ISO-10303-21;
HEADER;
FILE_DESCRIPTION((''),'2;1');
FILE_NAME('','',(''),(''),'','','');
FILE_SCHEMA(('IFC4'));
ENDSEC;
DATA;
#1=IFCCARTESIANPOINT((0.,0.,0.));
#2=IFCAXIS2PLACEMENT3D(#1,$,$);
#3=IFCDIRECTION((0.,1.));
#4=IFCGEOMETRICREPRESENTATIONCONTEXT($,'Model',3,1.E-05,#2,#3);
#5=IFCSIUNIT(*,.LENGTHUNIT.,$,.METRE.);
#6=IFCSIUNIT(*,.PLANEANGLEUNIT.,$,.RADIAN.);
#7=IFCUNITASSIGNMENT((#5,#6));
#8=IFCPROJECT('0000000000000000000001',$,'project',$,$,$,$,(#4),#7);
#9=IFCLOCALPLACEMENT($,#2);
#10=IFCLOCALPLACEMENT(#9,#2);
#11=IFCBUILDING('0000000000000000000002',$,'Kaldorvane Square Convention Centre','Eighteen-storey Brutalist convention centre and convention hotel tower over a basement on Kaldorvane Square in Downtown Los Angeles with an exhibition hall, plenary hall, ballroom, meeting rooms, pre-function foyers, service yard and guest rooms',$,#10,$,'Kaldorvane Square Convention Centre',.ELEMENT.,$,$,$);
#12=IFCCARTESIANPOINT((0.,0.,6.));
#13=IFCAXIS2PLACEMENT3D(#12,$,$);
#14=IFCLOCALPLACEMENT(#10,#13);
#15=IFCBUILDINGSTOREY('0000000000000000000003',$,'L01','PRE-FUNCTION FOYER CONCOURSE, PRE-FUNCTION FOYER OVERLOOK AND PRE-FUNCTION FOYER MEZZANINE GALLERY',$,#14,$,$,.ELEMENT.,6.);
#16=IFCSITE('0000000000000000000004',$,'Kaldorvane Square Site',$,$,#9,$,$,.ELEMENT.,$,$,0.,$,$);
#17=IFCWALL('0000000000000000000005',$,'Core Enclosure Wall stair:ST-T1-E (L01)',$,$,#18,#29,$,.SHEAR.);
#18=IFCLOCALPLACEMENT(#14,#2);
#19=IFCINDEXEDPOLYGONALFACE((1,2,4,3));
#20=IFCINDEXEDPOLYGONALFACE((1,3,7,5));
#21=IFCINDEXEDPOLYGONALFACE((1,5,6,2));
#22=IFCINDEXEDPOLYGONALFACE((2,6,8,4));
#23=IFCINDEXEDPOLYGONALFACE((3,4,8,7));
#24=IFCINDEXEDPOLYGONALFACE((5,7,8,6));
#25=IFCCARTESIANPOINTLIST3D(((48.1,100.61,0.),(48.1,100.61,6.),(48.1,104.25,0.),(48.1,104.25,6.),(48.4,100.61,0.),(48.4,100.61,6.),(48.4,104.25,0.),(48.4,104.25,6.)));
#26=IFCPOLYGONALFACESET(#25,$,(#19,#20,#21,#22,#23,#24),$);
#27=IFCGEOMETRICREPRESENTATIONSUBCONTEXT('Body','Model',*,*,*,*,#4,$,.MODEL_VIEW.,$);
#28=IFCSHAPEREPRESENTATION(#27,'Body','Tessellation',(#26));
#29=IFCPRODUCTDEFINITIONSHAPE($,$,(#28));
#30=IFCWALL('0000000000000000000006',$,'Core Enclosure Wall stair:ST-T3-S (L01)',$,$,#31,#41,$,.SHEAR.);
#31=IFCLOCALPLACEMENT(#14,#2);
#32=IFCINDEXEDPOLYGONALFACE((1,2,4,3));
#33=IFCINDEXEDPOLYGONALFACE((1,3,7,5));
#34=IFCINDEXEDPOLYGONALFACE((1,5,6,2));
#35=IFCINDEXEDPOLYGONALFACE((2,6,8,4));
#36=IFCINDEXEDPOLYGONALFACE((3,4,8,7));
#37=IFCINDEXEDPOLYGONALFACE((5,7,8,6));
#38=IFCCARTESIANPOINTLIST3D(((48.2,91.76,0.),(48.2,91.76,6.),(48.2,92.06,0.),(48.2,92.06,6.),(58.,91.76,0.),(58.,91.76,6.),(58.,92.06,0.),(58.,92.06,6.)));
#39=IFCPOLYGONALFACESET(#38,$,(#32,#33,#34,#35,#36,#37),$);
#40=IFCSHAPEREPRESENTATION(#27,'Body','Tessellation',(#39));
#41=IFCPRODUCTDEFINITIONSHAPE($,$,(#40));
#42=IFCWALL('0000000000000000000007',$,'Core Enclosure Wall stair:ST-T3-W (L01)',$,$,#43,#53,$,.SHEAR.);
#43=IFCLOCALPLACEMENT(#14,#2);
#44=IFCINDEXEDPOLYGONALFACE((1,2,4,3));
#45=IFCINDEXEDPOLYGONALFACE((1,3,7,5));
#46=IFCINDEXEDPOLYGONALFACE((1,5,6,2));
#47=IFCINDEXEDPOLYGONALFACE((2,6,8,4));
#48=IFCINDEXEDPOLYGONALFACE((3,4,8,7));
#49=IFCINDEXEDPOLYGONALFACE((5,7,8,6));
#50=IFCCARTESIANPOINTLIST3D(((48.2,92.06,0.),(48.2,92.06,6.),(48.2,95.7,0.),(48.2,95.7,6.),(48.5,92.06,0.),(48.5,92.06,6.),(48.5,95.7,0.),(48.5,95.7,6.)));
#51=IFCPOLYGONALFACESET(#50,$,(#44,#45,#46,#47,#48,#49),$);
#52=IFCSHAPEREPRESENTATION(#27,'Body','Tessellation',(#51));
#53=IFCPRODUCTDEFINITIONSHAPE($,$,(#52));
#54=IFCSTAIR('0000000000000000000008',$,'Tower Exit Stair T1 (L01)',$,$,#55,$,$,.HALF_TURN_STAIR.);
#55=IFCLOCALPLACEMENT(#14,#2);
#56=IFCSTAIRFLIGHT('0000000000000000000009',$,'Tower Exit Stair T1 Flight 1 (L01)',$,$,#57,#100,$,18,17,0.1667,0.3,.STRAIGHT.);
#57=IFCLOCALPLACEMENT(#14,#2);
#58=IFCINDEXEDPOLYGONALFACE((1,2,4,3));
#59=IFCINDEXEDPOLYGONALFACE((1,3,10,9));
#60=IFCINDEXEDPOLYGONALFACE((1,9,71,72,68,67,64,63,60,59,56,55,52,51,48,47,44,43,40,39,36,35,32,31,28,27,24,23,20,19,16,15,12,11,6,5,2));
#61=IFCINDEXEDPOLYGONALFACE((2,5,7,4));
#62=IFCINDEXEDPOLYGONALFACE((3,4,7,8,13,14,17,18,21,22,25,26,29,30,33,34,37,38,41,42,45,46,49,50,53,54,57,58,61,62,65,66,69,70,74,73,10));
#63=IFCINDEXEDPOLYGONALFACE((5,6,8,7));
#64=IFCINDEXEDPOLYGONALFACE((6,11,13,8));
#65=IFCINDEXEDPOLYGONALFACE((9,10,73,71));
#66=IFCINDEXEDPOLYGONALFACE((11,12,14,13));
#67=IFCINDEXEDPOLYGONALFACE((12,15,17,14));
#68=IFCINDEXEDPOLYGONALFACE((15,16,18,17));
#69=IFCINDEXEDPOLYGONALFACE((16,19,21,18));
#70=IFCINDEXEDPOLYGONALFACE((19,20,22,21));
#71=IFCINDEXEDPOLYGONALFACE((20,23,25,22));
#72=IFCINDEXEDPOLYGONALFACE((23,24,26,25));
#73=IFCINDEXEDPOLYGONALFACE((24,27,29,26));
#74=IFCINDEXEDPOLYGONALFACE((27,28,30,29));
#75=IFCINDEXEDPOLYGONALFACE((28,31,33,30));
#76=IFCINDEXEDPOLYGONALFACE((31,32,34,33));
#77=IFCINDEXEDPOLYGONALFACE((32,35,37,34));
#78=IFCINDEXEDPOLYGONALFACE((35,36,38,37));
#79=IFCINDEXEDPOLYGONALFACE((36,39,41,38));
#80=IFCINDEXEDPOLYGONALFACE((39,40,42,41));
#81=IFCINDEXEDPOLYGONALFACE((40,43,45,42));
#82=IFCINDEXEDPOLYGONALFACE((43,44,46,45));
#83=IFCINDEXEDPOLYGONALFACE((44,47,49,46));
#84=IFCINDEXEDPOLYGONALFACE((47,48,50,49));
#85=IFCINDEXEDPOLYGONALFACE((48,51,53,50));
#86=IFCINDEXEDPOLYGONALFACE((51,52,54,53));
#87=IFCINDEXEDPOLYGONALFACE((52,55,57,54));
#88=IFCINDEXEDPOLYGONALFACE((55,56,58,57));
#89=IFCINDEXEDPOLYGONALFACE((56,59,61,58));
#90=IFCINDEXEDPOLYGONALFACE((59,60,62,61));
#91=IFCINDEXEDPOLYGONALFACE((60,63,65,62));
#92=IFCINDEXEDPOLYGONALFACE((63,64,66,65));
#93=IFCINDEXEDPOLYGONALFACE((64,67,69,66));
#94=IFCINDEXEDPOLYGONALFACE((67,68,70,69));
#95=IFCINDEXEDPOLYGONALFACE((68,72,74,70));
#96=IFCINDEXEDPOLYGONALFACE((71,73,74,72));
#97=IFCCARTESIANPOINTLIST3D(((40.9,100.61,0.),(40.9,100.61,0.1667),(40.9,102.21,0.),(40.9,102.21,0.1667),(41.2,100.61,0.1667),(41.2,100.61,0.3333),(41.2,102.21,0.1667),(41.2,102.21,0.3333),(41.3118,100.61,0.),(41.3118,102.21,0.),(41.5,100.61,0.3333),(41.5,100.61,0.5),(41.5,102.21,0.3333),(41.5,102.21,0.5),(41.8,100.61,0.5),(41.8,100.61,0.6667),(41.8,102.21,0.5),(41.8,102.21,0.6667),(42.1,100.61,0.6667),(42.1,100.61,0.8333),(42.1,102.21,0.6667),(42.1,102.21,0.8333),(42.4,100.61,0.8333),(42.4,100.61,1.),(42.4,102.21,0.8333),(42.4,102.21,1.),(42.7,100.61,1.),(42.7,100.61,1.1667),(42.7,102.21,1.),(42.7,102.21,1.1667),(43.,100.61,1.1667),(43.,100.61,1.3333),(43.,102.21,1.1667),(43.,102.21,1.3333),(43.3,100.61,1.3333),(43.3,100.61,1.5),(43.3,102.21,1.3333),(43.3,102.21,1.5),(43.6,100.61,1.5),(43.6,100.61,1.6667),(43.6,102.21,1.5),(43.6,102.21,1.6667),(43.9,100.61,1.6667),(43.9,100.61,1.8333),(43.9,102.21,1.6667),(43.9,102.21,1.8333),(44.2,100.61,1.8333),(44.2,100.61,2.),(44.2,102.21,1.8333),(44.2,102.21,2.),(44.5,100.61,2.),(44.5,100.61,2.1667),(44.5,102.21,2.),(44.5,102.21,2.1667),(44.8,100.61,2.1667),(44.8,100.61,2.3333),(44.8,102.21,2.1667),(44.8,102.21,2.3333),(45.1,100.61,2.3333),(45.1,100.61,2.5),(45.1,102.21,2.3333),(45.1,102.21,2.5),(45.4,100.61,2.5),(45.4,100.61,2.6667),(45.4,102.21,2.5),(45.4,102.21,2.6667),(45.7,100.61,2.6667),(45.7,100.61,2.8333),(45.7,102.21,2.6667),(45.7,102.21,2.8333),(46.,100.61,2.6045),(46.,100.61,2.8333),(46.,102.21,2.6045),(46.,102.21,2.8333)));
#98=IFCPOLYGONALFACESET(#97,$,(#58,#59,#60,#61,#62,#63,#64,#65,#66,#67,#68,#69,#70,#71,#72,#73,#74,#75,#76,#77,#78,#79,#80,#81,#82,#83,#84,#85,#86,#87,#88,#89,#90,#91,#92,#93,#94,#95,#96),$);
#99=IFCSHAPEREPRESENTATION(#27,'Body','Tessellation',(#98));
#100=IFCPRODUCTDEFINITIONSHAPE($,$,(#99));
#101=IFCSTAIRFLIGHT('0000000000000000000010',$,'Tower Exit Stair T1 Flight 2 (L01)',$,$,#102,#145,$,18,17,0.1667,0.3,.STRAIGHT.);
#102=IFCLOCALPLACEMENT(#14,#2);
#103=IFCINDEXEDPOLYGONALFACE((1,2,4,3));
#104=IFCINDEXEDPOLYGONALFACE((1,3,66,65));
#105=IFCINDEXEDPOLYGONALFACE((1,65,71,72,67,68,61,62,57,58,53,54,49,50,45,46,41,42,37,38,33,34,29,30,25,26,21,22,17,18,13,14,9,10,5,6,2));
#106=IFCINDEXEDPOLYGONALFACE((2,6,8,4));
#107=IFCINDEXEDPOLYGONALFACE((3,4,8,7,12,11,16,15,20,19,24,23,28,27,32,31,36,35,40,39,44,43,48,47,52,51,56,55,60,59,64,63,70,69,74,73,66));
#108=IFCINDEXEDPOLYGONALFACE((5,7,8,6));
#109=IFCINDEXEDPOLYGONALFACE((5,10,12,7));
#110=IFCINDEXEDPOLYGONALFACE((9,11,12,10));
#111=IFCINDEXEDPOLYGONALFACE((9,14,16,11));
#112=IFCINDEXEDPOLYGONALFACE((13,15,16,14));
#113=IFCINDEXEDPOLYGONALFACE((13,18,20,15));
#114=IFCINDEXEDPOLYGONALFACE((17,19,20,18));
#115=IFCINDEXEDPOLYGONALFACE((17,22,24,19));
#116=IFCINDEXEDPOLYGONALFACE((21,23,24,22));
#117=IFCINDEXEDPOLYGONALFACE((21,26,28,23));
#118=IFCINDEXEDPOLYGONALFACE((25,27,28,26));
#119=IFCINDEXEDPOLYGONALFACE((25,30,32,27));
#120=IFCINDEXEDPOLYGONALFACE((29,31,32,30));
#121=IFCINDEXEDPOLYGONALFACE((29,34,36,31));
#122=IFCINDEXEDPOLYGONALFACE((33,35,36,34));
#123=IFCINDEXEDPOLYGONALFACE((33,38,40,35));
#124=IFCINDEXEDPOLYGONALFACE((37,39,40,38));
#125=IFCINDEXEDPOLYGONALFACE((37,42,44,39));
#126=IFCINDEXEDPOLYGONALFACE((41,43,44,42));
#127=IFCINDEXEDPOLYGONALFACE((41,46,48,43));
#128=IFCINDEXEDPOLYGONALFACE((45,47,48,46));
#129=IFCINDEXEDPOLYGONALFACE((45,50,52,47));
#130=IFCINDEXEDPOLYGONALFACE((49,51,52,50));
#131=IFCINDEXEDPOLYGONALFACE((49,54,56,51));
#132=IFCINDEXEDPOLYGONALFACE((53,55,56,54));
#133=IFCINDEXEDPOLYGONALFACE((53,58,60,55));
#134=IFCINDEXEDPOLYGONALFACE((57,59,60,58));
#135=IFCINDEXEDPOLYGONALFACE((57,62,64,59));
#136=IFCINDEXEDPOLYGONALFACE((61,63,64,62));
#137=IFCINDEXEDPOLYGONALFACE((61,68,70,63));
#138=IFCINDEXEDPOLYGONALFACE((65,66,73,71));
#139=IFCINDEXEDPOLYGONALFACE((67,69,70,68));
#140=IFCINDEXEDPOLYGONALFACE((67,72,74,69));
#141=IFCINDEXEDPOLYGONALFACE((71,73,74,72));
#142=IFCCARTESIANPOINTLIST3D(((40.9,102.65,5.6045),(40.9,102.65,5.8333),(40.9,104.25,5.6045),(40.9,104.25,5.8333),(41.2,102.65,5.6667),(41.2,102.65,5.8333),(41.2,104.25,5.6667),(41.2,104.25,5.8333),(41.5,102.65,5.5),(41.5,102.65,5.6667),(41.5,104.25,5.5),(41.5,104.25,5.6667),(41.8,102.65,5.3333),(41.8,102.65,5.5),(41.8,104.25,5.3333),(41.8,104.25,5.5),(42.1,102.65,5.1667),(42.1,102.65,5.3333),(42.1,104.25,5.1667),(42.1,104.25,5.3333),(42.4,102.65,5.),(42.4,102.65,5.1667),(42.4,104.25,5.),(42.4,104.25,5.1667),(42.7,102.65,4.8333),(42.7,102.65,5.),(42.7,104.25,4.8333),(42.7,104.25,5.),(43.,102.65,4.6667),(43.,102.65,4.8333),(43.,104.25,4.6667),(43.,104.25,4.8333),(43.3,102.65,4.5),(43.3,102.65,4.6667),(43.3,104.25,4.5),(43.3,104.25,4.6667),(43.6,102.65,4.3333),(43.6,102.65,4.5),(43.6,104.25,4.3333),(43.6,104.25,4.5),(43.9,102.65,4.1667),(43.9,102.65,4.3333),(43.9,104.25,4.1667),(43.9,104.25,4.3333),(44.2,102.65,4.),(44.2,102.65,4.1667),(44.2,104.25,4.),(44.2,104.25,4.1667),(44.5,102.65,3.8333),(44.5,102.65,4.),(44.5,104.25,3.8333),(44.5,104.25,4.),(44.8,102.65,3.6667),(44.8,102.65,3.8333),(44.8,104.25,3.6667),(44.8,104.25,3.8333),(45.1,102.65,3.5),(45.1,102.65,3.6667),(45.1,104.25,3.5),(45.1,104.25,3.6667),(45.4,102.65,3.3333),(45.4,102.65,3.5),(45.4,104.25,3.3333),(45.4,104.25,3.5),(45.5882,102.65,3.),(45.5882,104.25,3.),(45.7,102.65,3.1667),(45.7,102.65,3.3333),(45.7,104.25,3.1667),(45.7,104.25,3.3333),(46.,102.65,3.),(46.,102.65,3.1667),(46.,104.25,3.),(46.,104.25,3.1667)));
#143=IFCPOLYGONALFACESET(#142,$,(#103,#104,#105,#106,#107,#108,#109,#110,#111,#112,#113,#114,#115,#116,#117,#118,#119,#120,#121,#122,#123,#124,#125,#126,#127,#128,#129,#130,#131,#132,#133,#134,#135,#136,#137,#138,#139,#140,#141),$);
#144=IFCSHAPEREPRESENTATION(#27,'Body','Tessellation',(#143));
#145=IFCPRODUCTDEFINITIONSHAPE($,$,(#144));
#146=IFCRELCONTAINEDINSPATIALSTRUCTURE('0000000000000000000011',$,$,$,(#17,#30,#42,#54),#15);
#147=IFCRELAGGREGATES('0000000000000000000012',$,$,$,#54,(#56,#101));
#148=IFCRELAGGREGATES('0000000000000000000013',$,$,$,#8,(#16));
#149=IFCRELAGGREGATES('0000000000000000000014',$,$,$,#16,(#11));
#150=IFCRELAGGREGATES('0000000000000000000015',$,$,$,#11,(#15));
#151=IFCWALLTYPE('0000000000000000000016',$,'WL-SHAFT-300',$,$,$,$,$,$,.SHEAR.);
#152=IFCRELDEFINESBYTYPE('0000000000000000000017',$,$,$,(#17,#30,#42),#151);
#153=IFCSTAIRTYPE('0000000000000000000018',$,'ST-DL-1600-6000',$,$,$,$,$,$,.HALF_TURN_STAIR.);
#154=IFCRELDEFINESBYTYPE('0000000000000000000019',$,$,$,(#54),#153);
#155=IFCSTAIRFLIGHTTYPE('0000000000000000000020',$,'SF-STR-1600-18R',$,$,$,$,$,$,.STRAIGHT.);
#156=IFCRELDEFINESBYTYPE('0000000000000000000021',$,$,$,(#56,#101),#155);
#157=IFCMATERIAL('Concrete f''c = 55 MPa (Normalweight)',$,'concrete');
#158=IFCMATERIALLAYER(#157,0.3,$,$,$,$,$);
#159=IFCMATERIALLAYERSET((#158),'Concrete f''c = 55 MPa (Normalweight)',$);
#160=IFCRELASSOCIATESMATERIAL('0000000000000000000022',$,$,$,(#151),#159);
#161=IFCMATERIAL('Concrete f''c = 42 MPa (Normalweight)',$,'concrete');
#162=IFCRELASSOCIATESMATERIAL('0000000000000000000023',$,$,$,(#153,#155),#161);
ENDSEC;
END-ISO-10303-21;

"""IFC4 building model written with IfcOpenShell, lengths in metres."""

from ifc_helpers import new_model, si_unit, direction, frame, frame_2d, origin, place, context, subcontext, project, spatial, polyline, rectangle, outline, extrude, material, layer, layer_set, type_object, element, aggregate, save


model = new_model("IFC4")

# Units and contexts
model_context = context("Model", 3, precision=1e-05, world=origin(), true_north=direction((0.0, 1.0)))
body_context = subcontext(model_context, "Body", "Model", "MODEL_VIEW")
ifc_project = project(units=[si_unit("LENGTHUNIT", "METRE"), si_unit("PLANEANGLEUNIT", "RADIAN")], contexts=[model_context])

# Site, building, storey
site_placement = place(None, origin())
site = spatial("IfcSite", under=ifc_project, at=site_placement, Name="Kaldorvane Square Site", CompositionType="ELEMENT", RefElevation=0.0)
building_placement = place(site_placement, origin())
building = spatial("IfcBuilding", under=site, at=building_placement, Name="Kaldorvane Square Convention Centre", Description="Eighteen-storey Brutalist convention centre and convention hotel tower over a basement on Kaldorvane Square in Downtown Los Angeles with an exhibition hall, plenary hall, ballroom, meeting rooms, pre-function foyers, service yard and guest rooms", LongName="Kaldorvane Square Convention Centre", CompositionType="ELEMENT")
storey_placement = place(building_placement, frame((0.0, 0.0, 6.0)))
storey = spatial("IfcBuildingStorey", under=building, at=storey_placement, Name="L01", Description="PRE-FUNCTION FOYER CONCOURSE, PRE-FUNCTION FOYER OVERLOOK AND PRE-FUNCTION FOYER MEZZANINE GALLERY", CompositionType="ELEMENT", Elevation=6.0)

# Shared definitions
ifc_material_1 = material(Name="Concrete f'c = 55 MPa (Normalweight)", Category="concrete")
ifc_layer_1 = layer(ifc_material_1, 0.3)
ifc_layer_set_1 = layer_set([ifc_layer_1], Name="Concrete f'c = 55 MPa (Normalweight)")
wall_type_1 = type_object("IfcWallType", Name="WL-SHAFT-300", PredefinedType="SHEAR", material=ifc_layer_set_1)

# Walls
for number, where, z_axis, x_axis, name in (
    (1, (48.25, 100.61, 0.0), (0.0, 0.0, 1.0), (0.0, 1.0, 0.0), "Core Enclosure Wall stair:ST-T1-E (L01)"),
):
    element("IfcWall", number, at=place(storey_placement, frame(where, z_axis=z_axis, x_axis=x_axis)), inside=storey, type_object=wall_type_1, Name=name, PredefinedType="SHEAR", context=body_context, shape_type="SweptSolid", body=[
        extrude(rectangle(XDim=3.64, YDim=0.3, at=frame_2d((1.82, 0.0))), origin(), (0.0, 0.0, 1.0), 6.0),
    ])
wall_1_placement = place(storey_placement, frame((48.2, 91.91, 0.0), z_axis=(0.0, 0.0, 1.0), x_axis=(1.0, 0.0, 0.0)))
element("IfcWall", 2, at=wall_1_placement, inside=storey, type_object=wall_type_1, Name="Core Enclosure Wall stair:ST-T3-S (L01)", PredefinedType="SHEAR", context=body_context, shape_type="SweptSolid", body=[
    extrude(rectangle(XDim=9.8, YDim=0.3, at=frame_2d((4.9, 0.0))), origin(), (0.0, 0.0, 1.0), 6.0),
])
wall_2_placement = place(storey_placement, frame((48.35, 95.7, 0.0), z_axis=(0.0, 0.0, 1.0), x_axis=(0.0, -1.0, 0.0)))
element("IfcWall", 3, at=wall_2_placement, inside=storey, type_object=wall_type_1, Name="Core Enclosure Wall stair:ST-T3-W (L01)", PredefinedType="SHEAR", context=body_context, shape_type="SweptSolid", body=[
    extrude(rectangle(XDim=3.64, YDim=0.3, at=frame_2d((1.82, 0.0))), origin(), (0.0, 0.0, 1.0), 6.0),
])

# Stair, stair flights
ifc_material_2 = material(Name="Concrete f'c = 42 MPa (Normalweight)", Category="concrete")
stair_type = type_object("IfcStairType", Name="ST-DL-1600-6000", PredefinedType="HALF_TURN_STAIR", material=ifc_material_2)
stair_placement = place(storey_placement, origin())
stair = element("IfcStair", 4, at=stair_placement, inside=storey, type_object=stair_type, Name="Tower Exit Stair T1 (L01)", PredefinedType="HALF_TURN_STAIR")
stair_flight_type = type_object("IfcStairFlightType", Name="SF-STR-1600-18R", PredefinedType="STRAIGHT", material=ifc_material_2)
stair_flight_1_placement = place(storey_placement, frame((40.9, 101.41, 0.0), z_axis=(0.0, 0.0, 1.0), x_axis=(1.0, 0.0, 0.0)))
stair_flight_1 = element("IfcStairFlight", 5, at=stair_flight_1_placement, type_object=stair_flight_type, Name="Tower Exit Stair T1 Flight 1 (L01)", NumberOfRisers=18, NumberOfTreads=17, PredefinedType="STRAIGHT", RiserHeight=0.1667, TreadLength=0.3, context=body_context, shape_type="SweptSolid", body=[
    extrude(outline(polyline([(0.0, 0.0), (0.0, 0.1667), (0.3, 0.1667), (0.3, 0.3333), (0.6, 0.3333), (0.6, 0.5), (0.9, 0.5), (0.9, 0.6667), (1.2, 0.6667), (1.2, 0.8333), (1.5, 0.8333), (1.5, 1.0), (1.8, 1.0), (1.8, 1.1667), (2.1, 1.1667), (2.1, 1.3333), (2.4, 1.3333), (2.4, 1.5), (2.7, 1.5), (2.7, 1.6667), (3.0, 1.6667), (3.0, 1.8333), (3.3, 1.8333), (3.3, 2.0), (3.6, 2.0), (3.6, 2.1667), (3.9, 2.1667), (3.9, 2.3333), (4.2, 2.3333), (4.2, 2.5), (4.5, 2.5), (4.5, 2.6667), (4.8, 2.6667), (4.8, 2.8333), (5.1, 2.8333), (5.1, 3.0), (5.1, 2.6045), (0.4118, 0.0), (0.0, 0.0)])), frame((0.0, 0.8, 0.0), z_axis=(0.0, -1.0, 0.0), x_axis=(1.0, 0.0, 0.0)), (0.0, 0.0, 1.0), 1.6),
])
stair_flight_2_placement = place(storey_placement, frame((46.0, 103.45, 3.0), z_axis=(0.0, 0.0, 1.0), x_axis=(-1.0, 0.0, 0.0)))
stair_flight_2 = element("IfcStairFlight", 6, at=stair_flight_2_placement, type_object=stair_flight_type, Name="Tower Exit Stair T1 Flight 2 (L01)", NumberOfRisers=18, NumberOfTreads=17, PredefinedType="STRAIGHT", RiserHeight=0.1667, TreadLength=0.3, context=body_context, shape_type="SweptSolid", body=[
    extrude(outline(polyline([(0.0, 0.0), (0.0, 0.1667), (0.3, 0.1667), (0.3, 0.3333), (0.6, 0.3333), (0.6, 0.5), (0.9, 0.5), (0.9, 0.6667), (1.2, 0.6667), (1.2, 0.8333), (1.5, 0.8333), (1.5, 1.0), (1.8, 1.0), (1.8, 1.1667), (2.1, 1.1667), (2.1, 1.3333), (2.4, 1.3333), (2.4, 1.5), (2.7, 1.5), (2.7, 1.6667), (3.0, 1.6667), (3.0, 1.8333), (3.3, 1.8333), (3.3, 2.0), (3.6, 2.0), (3.6, 2.1667), (3.9, 2.1667), (3.9, 2.3333), (4.2, 2.3333), (4.2, 2.5), (4.5, 2.5), (4.5, 2.6667), (4.8, 2.6667), (4.8, 2.8333), (5.1, 2.8333), (5.1, 3.0), (5.1, 2.6045), (0.4118, 0.0), (0.0, 0.0)])), frame((0.0, 0.8, 0.0), z_axis=(0.0, -1.0, 0.0), x_axis=(1.0, 0.0, 0.0)), (0.0, 0.0, 1.0), 1.6),
])
aggregate(stair, [stair_flight_1, stair_flight_2])

save(model, "model.ifc")
